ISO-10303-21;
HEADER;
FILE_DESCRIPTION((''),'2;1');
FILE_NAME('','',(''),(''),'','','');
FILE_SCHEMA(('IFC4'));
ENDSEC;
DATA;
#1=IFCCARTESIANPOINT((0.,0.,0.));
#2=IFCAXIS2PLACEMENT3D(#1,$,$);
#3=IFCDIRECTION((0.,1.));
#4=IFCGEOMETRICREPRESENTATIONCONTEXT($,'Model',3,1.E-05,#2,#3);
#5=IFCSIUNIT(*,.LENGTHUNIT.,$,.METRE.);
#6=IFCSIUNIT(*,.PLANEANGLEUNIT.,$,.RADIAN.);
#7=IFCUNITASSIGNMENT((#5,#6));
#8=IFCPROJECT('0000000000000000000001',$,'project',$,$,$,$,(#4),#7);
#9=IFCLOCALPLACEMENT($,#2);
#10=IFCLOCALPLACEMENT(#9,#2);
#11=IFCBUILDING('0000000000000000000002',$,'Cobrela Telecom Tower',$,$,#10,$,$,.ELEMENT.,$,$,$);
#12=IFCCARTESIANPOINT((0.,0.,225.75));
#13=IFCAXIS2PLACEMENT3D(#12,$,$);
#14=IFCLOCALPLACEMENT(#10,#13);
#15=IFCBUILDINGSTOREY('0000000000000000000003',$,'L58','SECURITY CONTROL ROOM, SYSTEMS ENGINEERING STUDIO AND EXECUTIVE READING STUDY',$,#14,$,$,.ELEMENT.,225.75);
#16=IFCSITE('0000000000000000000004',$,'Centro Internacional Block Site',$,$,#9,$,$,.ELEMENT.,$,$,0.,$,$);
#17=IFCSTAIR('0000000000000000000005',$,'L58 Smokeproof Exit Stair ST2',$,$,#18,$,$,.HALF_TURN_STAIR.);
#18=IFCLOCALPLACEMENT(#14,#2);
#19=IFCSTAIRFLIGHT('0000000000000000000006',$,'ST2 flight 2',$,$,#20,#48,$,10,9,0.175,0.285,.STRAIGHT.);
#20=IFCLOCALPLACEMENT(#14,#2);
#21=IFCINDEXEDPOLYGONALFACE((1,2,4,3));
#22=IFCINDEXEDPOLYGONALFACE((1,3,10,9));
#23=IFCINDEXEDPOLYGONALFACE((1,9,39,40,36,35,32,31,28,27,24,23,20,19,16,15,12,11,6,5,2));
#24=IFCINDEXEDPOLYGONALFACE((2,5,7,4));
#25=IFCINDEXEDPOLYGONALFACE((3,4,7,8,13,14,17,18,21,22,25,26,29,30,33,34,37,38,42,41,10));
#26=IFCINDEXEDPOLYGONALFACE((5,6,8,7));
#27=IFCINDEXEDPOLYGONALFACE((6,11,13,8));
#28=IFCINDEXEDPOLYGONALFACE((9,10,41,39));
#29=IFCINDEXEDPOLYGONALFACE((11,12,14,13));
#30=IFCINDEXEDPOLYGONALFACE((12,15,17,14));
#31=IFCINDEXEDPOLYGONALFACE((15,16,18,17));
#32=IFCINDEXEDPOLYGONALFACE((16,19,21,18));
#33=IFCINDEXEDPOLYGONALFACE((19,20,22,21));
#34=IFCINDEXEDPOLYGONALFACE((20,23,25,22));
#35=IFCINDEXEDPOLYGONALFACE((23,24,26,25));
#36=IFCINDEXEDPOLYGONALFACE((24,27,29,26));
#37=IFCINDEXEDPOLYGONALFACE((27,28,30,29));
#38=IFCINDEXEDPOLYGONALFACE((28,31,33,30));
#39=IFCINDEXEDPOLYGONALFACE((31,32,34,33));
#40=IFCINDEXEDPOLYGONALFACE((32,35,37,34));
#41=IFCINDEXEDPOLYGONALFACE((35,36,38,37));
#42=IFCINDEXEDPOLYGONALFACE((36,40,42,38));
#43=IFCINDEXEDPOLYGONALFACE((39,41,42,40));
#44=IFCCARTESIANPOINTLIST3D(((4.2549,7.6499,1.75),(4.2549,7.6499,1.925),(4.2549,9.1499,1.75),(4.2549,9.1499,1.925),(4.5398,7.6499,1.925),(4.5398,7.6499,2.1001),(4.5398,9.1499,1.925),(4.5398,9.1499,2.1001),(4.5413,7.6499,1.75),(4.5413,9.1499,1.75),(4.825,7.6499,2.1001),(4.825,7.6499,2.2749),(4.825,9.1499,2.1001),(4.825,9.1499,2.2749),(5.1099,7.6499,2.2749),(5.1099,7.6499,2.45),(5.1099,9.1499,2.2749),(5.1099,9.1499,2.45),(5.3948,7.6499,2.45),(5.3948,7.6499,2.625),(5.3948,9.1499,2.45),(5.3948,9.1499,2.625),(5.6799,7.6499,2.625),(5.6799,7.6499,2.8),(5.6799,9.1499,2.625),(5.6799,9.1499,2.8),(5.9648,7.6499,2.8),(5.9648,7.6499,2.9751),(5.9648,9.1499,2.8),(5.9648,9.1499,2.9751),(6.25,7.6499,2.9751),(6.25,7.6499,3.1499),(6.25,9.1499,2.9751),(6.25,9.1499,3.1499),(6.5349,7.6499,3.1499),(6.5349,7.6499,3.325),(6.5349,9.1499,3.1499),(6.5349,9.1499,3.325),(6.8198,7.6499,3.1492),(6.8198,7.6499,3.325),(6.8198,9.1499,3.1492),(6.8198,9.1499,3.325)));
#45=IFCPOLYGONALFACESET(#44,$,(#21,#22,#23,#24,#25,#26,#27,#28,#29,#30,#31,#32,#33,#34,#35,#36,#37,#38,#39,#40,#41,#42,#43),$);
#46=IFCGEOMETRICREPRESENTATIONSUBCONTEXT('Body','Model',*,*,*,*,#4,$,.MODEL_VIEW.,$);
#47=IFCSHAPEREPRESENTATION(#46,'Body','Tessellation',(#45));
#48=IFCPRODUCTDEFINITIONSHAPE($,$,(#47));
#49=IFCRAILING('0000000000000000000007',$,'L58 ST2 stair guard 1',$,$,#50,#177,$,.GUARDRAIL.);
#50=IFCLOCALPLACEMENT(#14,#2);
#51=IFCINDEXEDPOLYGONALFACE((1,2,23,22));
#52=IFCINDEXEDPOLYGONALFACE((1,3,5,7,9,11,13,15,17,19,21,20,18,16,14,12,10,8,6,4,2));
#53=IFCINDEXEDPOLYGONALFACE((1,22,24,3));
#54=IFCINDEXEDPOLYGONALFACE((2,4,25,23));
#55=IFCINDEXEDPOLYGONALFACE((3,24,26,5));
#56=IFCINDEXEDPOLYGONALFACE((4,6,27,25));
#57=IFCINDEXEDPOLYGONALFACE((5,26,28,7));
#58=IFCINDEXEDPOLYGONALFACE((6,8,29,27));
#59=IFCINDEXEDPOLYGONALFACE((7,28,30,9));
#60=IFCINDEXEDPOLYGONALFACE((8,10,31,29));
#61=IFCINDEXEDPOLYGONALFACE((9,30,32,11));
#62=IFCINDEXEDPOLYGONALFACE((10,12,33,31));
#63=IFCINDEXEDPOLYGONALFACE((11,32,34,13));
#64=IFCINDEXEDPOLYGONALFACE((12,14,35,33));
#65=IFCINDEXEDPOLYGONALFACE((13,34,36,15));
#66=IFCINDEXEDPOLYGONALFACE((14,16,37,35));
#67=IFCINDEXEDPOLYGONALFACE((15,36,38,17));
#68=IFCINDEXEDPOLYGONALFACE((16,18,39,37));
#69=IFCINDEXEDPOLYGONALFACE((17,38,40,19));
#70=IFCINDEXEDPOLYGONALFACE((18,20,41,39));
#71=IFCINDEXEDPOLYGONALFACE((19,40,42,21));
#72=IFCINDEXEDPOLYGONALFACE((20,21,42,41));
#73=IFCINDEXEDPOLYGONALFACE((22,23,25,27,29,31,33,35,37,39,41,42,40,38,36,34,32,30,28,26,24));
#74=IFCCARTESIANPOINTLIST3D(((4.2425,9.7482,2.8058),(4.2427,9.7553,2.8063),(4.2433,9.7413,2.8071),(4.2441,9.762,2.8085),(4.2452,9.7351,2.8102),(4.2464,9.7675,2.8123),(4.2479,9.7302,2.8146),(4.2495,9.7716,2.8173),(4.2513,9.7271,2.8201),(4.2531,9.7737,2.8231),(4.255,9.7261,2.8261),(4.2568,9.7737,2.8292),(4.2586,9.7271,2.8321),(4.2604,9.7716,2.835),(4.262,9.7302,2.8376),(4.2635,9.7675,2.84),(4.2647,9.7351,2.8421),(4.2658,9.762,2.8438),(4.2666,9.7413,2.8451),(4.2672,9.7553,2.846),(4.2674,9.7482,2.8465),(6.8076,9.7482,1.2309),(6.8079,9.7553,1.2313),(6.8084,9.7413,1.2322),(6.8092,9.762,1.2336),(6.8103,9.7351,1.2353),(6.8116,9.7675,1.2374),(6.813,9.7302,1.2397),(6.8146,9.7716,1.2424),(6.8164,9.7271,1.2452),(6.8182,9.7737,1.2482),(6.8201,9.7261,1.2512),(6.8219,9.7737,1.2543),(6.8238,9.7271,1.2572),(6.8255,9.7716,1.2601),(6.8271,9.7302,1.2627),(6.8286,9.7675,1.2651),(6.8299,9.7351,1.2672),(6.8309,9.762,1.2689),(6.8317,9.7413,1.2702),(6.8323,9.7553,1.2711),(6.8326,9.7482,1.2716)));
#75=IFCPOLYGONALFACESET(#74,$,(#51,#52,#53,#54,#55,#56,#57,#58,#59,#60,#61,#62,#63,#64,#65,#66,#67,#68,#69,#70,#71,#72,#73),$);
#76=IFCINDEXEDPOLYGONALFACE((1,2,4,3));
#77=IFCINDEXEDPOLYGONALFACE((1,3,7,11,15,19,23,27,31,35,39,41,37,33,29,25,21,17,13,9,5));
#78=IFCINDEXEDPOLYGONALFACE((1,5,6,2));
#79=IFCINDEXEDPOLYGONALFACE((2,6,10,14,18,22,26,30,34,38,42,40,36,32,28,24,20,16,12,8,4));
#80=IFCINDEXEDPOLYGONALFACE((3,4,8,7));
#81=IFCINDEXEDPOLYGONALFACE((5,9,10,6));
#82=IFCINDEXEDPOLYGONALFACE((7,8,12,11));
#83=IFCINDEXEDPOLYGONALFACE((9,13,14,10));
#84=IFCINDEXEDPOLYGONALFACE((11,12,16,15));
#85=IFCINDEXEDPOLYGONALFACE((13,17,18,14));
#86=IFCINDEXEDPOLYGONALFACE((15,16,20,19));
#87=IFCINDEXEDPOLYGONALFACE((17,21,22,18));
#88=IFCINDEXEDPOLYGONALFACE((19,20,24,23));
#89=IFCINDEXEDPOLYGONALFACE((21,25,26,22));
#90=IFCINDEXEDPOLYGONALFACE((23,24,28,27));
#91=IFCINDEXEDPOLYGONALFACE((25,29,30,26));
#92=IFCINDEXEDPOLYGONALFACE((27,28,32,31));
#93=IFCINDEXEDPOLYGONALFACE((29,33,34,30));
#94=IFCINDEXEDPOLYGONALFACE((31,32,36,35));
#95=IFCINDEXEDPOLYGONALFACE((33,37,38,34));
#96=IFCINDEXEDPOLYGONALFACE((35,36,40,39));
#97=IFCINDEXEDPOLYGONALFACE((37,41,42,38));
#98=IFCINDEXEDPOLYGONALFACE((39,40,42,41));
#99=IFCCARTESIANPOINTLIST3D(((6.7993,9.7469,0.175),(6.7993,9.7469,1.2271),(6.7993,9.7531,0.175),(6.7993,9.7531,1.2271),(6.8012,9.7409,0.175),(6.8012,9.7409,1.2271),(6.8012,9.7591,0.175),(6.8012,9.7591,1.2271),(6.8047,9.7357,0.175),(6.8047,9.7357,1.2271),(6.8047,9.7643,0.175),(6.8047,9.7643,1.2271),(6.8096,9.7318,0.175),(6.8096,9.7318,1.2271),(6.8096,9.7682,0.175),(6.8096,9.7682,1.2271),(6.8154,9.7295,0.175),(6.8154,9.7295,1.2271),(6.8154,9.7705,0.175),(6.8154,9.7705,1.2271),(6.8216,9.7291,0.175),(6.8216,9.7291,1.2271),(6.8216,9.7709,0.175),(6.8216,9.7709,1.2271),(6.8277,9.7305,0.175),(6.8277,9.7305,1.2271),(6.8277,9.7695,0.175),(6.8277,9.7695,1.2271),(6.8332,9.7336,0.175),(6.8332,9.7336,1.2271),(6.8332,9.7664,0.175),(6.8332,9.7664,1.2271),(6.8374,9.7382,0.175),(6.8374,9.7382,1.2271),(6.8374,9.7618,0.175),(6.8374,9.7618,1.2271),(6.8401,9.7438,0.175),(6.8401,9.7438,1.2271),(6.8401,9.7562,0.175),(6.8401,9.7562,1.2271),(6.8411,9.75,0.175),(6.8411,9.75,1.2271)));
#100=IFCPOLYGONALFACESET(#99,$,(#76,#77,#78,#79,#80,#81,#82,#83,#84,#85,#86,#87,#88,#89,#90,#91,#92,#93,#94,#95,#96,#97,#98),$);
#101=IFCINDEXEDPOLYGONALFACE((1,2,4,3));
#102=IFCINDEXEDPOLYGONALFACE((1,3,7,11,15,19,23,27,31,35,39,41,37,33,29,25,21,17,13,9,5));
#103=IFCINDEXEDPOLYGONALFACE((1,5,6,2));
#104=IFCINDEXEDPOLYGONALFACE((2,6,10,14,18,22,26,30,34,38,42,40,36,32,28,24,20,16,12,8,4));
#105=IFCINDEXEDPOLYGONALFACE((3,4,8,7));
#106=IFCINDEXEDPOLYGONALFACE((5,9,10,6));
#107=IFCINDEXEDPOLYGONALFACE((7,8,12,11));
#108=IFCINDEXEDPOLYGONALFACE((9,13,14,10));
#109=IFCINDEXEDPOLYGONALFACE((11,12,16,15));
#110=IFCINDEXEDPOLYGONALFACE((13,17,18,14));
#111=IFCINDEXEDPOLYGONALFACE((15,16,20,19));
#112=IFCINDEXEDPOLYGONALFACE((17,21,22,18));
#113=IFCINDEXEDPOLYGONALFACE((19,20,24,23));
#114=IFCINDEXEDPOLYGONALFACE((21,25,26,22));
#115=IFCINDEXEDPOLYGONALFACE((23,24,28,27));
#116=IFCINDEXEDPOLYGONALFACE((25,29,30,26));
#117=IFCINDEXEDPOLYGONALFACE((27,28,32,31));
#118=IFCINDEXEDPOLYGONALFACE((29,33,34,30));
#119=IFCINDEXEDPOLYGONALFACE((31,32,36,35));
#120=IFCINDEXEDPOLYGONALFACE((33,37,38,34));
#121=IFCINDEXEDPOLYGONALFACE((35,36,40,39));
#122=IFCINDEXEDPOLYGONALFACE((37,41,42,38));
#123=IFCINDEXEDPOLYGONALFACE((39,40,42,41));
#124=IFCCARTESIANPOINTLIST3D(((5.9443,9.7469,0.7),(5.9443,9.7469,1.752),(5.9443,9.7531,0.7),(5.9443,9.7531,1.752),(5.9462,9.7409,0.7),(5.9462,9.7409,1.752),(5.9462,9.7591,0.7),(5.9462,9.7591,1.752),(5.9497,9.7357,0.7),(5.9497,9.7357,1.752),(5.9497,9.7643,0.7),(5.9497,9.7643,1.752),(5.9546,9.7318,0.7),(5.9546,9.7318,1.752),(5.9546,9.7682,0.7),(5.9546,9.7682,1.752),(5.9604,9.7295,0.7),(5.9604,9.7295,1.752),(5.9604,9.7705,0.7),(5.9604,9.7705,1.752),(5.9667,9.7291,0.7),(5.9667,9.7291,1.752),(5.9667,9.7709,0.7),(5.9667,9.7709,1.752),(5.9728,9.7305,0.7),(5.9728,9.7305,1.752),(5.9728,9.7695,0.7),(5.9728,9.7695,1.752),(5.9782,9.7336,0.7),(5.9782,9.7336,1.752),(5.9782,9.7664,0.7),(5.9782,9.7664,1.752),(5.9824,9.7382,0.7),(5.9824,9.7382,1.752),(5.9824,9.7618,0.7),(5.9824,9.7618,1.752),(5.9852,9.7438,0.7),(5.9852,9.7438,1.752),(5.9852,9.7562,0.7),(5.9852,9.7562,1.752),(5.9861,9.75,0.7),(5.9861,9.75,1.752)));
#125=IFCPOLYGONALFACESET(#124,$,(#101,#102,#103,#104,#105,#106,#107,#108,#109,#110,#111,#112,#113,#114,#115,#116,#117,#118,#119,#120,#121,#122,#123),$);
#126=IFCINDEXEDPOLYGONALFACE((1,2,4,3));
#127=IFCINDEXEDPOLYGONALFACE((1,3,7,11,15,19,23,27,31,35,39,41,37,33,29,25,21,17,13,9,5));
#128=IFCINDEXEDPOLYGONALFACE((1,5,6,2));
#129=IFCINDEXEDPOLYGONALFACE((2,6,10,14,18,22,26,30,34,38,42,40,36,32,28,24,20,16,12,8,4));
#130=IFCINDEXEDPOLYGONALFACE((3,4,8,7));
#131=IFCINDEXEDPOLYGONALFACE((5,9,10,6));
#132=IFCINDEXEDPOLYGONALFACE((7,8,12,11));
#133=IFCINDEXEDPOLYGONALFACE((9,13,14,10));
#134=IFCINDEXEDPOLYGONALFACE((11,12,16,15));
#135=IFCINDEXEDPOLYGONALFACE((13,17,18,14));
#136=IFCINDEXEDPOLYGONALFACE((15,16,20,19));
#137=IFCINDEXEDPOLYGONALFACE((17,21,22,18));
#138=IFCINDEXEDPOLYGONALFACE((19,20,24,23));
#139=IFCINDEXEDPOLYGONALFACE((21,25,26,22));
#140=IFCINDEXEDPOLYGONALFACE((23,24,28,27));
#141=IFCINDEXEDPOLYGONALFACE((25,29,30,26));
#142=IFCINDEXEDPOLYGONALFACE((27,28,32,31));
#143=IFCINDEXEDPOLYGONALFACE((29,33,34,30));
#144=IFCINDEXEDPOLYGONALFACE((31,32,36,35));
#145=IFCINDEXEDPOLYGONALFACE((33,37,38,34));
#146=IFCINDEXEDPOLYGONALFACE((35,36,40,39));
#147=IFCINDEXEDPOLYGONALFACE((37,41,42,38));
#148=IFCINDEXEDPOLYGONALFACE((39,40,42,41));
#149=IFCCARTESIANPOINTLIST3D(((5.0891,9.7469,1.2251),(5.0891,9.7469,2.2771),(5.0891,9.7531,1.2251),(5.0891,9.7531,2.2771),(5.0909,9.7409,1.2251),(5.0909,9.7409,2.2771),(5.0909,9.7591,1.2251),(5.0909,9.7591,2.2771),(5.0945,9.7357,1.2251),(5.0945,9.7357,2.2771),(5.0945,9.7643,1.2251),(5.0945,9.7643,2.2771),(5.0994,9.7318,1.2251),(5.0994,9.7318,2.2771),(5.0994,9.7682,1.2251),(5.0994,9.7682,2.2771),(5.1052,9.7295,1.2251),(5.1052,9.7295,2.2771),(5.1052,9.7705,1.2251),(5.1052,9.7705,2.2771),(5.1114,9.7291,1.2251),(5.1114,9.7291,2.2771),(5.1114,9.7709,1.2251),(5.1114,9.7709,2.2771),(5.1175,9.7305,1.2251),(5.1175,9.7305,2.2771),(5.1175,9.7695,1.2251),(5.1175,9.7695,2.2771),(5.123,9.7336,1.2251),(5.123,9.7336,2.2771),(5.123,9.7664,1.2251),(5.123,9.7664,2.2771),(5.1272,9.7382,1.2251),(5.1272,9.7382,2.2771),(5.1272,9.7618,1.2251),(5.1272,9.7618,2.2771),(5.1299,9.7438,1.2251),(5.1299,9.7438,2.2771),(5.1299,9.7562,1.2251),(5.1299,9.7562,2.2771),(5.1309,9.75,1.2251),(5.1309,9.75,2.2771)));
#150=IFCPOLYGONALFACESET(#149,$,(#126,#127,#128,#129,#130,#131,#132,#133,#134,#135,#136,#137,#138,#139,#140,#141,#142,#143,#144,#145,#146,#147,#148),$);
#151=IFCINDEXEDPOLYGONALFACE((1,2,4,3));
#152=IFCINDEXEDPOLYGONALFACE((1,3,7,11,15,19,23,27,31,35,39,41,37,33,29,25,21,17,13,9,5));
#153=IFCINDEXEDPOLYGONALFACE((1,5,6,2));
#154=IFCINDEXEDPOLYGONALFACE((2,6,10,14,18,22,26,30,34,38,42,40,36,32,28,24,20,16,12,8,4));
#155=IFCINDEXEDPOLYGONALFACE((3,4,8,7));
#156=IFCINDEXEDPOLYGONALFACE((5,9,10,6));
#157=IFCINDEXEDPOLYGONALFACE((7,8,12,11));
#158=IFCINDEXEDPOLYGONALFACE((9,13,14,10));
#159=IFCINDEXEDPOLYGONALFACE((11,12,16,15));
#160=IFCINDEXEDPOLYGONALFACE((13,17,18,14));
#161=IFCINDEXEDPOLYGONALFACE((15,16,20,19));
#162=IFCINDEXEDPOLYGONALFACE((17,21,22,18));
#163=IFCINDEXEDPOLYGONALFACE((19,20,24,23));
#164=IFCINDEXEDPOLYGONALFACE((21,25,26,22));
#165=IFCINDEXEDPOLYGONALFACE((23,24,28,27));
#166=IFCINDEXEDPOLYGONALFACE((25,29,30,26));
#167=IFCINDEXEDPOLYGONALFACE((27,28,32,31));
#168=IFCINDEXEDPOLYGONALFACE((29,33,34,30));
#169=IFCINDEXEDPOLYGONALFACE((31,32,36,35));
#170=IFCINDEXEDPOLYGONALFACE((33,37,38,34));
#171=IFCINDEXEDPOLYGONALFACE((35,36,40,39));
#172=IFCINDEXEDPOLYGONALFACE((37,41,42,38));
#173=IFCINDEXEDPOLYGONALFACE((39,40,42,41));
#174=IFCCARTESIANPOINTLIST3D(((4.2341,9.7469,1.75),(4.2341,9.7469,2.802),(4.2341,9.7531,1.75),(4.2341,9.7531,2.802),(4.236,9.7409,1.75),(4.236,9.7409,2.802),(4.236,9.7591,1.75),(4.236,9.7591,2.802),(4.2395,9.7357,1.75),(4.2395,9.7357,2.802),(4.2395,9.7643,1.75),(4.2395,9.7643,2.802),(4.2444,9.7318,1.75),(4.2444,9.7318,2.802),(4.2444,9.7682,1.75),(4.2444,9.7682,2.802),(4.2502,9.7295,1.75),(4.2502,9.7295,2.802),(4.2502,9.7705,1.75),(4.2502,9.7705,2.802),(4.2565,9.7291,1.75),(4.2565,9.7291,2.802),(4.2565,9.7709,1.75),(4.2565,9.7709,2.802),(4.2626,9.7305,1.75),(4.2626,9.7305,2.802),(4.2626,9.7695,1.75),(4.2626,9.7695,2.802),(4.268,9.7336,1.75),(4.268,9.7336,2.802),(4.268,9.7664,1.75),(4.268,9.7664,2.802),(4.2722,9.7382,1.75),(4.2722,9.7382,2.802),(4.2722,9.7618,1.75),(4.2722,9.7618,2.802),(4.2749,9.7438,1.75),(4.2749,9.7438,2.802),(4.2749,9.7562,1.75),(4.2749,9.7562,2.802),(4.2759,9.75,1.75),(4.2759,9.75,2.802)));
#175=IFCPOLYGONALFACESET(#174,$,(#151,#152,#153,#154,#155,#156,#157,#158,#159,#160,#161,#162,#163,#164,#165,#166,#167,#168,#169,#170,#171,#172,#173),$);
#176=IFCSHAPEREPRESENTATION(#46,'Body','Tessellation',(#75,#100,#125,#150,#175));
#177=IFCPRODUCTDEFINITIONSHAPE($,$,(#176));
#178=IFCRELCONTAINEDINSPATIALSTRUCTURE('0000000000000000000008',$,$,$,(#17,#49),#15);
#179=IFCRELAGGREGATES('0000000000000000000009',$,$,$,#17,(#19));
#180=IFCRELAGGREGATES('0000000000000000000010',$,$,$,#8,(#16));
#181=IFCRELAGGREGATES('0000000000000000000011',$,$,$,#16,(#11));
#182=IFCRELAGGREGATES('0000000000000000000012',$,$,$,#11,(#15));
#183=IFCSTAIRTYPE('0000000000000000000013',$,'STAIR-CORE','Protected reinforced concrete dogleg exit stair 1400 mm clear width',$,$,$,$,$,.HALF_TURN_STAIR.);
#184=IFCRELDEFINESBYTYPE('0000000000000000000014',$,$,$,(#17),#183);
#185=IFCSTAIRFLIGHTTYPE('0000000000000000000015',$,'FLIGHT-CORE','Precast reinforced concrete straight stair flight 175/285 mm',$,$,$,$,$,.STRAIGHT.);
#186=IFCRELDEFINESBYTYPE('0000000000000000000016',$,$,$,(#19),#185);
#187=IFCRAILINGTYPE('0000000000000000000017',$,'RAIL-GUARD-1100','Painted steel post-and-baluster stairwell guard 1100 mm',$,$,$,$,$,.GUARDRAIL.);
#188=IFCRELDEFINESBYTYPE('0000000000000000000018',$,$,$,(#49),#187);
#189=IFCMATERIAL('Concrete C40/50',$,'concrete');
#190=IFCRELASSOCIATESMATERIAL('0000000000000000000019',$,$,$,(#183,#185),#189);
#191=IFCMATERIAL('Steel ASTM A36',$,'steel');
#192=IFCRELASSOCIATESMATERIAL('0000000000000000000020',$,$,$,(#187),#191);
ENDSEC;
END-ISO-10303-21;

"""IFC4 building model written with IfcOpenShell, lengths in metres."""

from ifc_helpers import new_model, si_unit, direction, frame, origin, origin_2d, place, context, subcontext, project, spatial, polyline, circle, outline, extrude, material, type_object, element, aggregate, save


model = new_model("IFC4")

# Units and contexts
model_context = context("Model", 3, precision=1e-05, world=origin(), true_north=direction((0.0, 1.0)))
body_context = subcontext(model_context, "Body", "Model", "MODEL_VIEW")
ifc_project = project(units=[si_unit("LENGTHUNIT", "METRE"), si_unit("PLANEANGLEUNIT", "RADIAN")], contexts=[model_context])

# Site, building, storey
site_placement = place(None, origin())
site = spatial("IfcSite", under=ifc_project, at=site_placement, Name="Centro Internacional Block Site", CompositionType="ELEMENT", RefElevation=0.0)
building_placement = place(site_placement, origin())
building = spatial("IfcBuilding", under=site, at=building_placement, Name="Cobrela Telecom Tower", CompositionType="ELEMENT")
storey_placement = place(building_placement, frame((0.0, 0.0, 225.75)))
storey = spatial("IfcBuildingStorey", under=building, at=storey_placement, Name="L58", Description="SECURITY CONTROL ROOM, SYSTEMS ENGINEERING STUDIO AND EXECUTIVE READING STUDY", CompositionType="ELEMENT", Elevation=225.75)

# Shared definitions
ifc_material_1 = material(Name="Steel ASTM A36", Category="steel")

# Shared definitions
ifc_material_2 = material(Name="Concrete C40/50", Category="concrete")

# Stair, stair flight
stair_type = type_object("IfcStairType", Name="STAIR-CORE", Description="Protected reinforced concrete dogleg exit stair 1400 mm clear width", PredefinedType="HALF_TURN_STAIR", material=ifc_material_2)
stair_placement = place(storey_placement, origin())
stair = element("IfcStair", 1, at=stair_placement, inside=storey, type_object=stair_type, Name="L58 Smokeproof Exit Stair ST2", PredefinedType="HALF_TURN_STAIR")
stair_flight_type = type_object("IfcStairFlightType", Name="FLIGHT-CORE", Description="Precast reinforced concrete straight stair flight 175/285 mm", PredefinedType="STRAIGHT", material=ifc_material_2)
stair_flight_1_placement = place(storey_placement, frame((4.2549, 8.3999, 1.75), z_axis=(0.0, 0.0, 1.0), x_axis=(1.0, 0.0, 0.0)))
stair_flight_1 = element("IfcStairFlight", 2, at=stair_flight_1_placement, type_object=stair_flight_type, Name="ST2 flight 2", NumberOfRisers=10, NumberOfTreads=9, PredefinedType="STRAIGHT", RiserHeight=0.175, TreadLength=0.285, context=body_context, shape_type="SweptSolid", body=[
    extrude(outline(polyline([(0.0, 0.0), (0.0, 0.175), (0.2849, 0.175), (0.2849, 0.3501), (0.5701, 0.3501), (0.5701, 0.5249), (0.855, 0.5249), (0.855, 0.7), (1.1399, 0.7), (1.1399, 0.875), (1.425, 0.875), (1.425, 1.05), (1.71, 1.05), (1.71, 1.2251), (1.9951, 1.2251), (1.9951, 1.3999), (2.28, 1.3999), (2.28, 1.575), (2.5649, 1.575), (2.5649, 1.75), (2.5649, 1.3992), (0.2864, 0.0), (0.0, 0.0)])), frame((0.0, 0.75, 0.0), z_axis=(0.0, -1.0, 0.0), x_axis=(1.0, 0.0, 0.0)), (0.0, 0.0, 1.0), 1.5),
])
aggregate(stair, [stair_flight_1])

# Railing
railing_type = type_object("IfcRailingType", Name="RAIL-GUARD-1100", Description="Painted steel post-and-baluster stairwell guard 1100 mm", PredefinedType="GUARDRAIL", material=ifc_material_1)
railing_1_placement = place(storey_placement, frame((6.8201, 9.75, 0.175)))
element("IfcRailing", 3, at=railing_1_placement, inside=storey, type_object=railing_type, Name="L58 ST2 stair guard 1", PredefinedType="GUARDRAIL", context=body_context, shape_type="SweptSolid", body=[
    extrude(circle(Radius=0.0239, at=origin_2d()), frame((0.0, 0.0, 1.0762), z_axis=(-0.852195, 0.0, 0.523224), x_axis=(0.0, -1.0, 0.0)), (0.0, 0.0, 1.0), 3.01),
    extrude(circle(Radius=0.021, at=origin_2d()), origin(), (0.0, 0.0, 1.0), 1.052),
    extrude(circle(Radius=0.021, at=origin_2d()), frame((-0.855, 0.0, 0.5249)), (0.0, 0.0, 1.0), 1.052),
    extrude(circle(Radius=0.021, at=origin_2d()), frame((-1.7102, 0.0, 1.05)), (0.0, 0.0, 1.0), 1.052),
    extrude(circle(Radius=0.021, at=origin_2d()), frame((-2.5652, 0.0, 1.575)), (0.0, 0.0, 1.0), 1.052),
])

save(model, "model.ifc")
